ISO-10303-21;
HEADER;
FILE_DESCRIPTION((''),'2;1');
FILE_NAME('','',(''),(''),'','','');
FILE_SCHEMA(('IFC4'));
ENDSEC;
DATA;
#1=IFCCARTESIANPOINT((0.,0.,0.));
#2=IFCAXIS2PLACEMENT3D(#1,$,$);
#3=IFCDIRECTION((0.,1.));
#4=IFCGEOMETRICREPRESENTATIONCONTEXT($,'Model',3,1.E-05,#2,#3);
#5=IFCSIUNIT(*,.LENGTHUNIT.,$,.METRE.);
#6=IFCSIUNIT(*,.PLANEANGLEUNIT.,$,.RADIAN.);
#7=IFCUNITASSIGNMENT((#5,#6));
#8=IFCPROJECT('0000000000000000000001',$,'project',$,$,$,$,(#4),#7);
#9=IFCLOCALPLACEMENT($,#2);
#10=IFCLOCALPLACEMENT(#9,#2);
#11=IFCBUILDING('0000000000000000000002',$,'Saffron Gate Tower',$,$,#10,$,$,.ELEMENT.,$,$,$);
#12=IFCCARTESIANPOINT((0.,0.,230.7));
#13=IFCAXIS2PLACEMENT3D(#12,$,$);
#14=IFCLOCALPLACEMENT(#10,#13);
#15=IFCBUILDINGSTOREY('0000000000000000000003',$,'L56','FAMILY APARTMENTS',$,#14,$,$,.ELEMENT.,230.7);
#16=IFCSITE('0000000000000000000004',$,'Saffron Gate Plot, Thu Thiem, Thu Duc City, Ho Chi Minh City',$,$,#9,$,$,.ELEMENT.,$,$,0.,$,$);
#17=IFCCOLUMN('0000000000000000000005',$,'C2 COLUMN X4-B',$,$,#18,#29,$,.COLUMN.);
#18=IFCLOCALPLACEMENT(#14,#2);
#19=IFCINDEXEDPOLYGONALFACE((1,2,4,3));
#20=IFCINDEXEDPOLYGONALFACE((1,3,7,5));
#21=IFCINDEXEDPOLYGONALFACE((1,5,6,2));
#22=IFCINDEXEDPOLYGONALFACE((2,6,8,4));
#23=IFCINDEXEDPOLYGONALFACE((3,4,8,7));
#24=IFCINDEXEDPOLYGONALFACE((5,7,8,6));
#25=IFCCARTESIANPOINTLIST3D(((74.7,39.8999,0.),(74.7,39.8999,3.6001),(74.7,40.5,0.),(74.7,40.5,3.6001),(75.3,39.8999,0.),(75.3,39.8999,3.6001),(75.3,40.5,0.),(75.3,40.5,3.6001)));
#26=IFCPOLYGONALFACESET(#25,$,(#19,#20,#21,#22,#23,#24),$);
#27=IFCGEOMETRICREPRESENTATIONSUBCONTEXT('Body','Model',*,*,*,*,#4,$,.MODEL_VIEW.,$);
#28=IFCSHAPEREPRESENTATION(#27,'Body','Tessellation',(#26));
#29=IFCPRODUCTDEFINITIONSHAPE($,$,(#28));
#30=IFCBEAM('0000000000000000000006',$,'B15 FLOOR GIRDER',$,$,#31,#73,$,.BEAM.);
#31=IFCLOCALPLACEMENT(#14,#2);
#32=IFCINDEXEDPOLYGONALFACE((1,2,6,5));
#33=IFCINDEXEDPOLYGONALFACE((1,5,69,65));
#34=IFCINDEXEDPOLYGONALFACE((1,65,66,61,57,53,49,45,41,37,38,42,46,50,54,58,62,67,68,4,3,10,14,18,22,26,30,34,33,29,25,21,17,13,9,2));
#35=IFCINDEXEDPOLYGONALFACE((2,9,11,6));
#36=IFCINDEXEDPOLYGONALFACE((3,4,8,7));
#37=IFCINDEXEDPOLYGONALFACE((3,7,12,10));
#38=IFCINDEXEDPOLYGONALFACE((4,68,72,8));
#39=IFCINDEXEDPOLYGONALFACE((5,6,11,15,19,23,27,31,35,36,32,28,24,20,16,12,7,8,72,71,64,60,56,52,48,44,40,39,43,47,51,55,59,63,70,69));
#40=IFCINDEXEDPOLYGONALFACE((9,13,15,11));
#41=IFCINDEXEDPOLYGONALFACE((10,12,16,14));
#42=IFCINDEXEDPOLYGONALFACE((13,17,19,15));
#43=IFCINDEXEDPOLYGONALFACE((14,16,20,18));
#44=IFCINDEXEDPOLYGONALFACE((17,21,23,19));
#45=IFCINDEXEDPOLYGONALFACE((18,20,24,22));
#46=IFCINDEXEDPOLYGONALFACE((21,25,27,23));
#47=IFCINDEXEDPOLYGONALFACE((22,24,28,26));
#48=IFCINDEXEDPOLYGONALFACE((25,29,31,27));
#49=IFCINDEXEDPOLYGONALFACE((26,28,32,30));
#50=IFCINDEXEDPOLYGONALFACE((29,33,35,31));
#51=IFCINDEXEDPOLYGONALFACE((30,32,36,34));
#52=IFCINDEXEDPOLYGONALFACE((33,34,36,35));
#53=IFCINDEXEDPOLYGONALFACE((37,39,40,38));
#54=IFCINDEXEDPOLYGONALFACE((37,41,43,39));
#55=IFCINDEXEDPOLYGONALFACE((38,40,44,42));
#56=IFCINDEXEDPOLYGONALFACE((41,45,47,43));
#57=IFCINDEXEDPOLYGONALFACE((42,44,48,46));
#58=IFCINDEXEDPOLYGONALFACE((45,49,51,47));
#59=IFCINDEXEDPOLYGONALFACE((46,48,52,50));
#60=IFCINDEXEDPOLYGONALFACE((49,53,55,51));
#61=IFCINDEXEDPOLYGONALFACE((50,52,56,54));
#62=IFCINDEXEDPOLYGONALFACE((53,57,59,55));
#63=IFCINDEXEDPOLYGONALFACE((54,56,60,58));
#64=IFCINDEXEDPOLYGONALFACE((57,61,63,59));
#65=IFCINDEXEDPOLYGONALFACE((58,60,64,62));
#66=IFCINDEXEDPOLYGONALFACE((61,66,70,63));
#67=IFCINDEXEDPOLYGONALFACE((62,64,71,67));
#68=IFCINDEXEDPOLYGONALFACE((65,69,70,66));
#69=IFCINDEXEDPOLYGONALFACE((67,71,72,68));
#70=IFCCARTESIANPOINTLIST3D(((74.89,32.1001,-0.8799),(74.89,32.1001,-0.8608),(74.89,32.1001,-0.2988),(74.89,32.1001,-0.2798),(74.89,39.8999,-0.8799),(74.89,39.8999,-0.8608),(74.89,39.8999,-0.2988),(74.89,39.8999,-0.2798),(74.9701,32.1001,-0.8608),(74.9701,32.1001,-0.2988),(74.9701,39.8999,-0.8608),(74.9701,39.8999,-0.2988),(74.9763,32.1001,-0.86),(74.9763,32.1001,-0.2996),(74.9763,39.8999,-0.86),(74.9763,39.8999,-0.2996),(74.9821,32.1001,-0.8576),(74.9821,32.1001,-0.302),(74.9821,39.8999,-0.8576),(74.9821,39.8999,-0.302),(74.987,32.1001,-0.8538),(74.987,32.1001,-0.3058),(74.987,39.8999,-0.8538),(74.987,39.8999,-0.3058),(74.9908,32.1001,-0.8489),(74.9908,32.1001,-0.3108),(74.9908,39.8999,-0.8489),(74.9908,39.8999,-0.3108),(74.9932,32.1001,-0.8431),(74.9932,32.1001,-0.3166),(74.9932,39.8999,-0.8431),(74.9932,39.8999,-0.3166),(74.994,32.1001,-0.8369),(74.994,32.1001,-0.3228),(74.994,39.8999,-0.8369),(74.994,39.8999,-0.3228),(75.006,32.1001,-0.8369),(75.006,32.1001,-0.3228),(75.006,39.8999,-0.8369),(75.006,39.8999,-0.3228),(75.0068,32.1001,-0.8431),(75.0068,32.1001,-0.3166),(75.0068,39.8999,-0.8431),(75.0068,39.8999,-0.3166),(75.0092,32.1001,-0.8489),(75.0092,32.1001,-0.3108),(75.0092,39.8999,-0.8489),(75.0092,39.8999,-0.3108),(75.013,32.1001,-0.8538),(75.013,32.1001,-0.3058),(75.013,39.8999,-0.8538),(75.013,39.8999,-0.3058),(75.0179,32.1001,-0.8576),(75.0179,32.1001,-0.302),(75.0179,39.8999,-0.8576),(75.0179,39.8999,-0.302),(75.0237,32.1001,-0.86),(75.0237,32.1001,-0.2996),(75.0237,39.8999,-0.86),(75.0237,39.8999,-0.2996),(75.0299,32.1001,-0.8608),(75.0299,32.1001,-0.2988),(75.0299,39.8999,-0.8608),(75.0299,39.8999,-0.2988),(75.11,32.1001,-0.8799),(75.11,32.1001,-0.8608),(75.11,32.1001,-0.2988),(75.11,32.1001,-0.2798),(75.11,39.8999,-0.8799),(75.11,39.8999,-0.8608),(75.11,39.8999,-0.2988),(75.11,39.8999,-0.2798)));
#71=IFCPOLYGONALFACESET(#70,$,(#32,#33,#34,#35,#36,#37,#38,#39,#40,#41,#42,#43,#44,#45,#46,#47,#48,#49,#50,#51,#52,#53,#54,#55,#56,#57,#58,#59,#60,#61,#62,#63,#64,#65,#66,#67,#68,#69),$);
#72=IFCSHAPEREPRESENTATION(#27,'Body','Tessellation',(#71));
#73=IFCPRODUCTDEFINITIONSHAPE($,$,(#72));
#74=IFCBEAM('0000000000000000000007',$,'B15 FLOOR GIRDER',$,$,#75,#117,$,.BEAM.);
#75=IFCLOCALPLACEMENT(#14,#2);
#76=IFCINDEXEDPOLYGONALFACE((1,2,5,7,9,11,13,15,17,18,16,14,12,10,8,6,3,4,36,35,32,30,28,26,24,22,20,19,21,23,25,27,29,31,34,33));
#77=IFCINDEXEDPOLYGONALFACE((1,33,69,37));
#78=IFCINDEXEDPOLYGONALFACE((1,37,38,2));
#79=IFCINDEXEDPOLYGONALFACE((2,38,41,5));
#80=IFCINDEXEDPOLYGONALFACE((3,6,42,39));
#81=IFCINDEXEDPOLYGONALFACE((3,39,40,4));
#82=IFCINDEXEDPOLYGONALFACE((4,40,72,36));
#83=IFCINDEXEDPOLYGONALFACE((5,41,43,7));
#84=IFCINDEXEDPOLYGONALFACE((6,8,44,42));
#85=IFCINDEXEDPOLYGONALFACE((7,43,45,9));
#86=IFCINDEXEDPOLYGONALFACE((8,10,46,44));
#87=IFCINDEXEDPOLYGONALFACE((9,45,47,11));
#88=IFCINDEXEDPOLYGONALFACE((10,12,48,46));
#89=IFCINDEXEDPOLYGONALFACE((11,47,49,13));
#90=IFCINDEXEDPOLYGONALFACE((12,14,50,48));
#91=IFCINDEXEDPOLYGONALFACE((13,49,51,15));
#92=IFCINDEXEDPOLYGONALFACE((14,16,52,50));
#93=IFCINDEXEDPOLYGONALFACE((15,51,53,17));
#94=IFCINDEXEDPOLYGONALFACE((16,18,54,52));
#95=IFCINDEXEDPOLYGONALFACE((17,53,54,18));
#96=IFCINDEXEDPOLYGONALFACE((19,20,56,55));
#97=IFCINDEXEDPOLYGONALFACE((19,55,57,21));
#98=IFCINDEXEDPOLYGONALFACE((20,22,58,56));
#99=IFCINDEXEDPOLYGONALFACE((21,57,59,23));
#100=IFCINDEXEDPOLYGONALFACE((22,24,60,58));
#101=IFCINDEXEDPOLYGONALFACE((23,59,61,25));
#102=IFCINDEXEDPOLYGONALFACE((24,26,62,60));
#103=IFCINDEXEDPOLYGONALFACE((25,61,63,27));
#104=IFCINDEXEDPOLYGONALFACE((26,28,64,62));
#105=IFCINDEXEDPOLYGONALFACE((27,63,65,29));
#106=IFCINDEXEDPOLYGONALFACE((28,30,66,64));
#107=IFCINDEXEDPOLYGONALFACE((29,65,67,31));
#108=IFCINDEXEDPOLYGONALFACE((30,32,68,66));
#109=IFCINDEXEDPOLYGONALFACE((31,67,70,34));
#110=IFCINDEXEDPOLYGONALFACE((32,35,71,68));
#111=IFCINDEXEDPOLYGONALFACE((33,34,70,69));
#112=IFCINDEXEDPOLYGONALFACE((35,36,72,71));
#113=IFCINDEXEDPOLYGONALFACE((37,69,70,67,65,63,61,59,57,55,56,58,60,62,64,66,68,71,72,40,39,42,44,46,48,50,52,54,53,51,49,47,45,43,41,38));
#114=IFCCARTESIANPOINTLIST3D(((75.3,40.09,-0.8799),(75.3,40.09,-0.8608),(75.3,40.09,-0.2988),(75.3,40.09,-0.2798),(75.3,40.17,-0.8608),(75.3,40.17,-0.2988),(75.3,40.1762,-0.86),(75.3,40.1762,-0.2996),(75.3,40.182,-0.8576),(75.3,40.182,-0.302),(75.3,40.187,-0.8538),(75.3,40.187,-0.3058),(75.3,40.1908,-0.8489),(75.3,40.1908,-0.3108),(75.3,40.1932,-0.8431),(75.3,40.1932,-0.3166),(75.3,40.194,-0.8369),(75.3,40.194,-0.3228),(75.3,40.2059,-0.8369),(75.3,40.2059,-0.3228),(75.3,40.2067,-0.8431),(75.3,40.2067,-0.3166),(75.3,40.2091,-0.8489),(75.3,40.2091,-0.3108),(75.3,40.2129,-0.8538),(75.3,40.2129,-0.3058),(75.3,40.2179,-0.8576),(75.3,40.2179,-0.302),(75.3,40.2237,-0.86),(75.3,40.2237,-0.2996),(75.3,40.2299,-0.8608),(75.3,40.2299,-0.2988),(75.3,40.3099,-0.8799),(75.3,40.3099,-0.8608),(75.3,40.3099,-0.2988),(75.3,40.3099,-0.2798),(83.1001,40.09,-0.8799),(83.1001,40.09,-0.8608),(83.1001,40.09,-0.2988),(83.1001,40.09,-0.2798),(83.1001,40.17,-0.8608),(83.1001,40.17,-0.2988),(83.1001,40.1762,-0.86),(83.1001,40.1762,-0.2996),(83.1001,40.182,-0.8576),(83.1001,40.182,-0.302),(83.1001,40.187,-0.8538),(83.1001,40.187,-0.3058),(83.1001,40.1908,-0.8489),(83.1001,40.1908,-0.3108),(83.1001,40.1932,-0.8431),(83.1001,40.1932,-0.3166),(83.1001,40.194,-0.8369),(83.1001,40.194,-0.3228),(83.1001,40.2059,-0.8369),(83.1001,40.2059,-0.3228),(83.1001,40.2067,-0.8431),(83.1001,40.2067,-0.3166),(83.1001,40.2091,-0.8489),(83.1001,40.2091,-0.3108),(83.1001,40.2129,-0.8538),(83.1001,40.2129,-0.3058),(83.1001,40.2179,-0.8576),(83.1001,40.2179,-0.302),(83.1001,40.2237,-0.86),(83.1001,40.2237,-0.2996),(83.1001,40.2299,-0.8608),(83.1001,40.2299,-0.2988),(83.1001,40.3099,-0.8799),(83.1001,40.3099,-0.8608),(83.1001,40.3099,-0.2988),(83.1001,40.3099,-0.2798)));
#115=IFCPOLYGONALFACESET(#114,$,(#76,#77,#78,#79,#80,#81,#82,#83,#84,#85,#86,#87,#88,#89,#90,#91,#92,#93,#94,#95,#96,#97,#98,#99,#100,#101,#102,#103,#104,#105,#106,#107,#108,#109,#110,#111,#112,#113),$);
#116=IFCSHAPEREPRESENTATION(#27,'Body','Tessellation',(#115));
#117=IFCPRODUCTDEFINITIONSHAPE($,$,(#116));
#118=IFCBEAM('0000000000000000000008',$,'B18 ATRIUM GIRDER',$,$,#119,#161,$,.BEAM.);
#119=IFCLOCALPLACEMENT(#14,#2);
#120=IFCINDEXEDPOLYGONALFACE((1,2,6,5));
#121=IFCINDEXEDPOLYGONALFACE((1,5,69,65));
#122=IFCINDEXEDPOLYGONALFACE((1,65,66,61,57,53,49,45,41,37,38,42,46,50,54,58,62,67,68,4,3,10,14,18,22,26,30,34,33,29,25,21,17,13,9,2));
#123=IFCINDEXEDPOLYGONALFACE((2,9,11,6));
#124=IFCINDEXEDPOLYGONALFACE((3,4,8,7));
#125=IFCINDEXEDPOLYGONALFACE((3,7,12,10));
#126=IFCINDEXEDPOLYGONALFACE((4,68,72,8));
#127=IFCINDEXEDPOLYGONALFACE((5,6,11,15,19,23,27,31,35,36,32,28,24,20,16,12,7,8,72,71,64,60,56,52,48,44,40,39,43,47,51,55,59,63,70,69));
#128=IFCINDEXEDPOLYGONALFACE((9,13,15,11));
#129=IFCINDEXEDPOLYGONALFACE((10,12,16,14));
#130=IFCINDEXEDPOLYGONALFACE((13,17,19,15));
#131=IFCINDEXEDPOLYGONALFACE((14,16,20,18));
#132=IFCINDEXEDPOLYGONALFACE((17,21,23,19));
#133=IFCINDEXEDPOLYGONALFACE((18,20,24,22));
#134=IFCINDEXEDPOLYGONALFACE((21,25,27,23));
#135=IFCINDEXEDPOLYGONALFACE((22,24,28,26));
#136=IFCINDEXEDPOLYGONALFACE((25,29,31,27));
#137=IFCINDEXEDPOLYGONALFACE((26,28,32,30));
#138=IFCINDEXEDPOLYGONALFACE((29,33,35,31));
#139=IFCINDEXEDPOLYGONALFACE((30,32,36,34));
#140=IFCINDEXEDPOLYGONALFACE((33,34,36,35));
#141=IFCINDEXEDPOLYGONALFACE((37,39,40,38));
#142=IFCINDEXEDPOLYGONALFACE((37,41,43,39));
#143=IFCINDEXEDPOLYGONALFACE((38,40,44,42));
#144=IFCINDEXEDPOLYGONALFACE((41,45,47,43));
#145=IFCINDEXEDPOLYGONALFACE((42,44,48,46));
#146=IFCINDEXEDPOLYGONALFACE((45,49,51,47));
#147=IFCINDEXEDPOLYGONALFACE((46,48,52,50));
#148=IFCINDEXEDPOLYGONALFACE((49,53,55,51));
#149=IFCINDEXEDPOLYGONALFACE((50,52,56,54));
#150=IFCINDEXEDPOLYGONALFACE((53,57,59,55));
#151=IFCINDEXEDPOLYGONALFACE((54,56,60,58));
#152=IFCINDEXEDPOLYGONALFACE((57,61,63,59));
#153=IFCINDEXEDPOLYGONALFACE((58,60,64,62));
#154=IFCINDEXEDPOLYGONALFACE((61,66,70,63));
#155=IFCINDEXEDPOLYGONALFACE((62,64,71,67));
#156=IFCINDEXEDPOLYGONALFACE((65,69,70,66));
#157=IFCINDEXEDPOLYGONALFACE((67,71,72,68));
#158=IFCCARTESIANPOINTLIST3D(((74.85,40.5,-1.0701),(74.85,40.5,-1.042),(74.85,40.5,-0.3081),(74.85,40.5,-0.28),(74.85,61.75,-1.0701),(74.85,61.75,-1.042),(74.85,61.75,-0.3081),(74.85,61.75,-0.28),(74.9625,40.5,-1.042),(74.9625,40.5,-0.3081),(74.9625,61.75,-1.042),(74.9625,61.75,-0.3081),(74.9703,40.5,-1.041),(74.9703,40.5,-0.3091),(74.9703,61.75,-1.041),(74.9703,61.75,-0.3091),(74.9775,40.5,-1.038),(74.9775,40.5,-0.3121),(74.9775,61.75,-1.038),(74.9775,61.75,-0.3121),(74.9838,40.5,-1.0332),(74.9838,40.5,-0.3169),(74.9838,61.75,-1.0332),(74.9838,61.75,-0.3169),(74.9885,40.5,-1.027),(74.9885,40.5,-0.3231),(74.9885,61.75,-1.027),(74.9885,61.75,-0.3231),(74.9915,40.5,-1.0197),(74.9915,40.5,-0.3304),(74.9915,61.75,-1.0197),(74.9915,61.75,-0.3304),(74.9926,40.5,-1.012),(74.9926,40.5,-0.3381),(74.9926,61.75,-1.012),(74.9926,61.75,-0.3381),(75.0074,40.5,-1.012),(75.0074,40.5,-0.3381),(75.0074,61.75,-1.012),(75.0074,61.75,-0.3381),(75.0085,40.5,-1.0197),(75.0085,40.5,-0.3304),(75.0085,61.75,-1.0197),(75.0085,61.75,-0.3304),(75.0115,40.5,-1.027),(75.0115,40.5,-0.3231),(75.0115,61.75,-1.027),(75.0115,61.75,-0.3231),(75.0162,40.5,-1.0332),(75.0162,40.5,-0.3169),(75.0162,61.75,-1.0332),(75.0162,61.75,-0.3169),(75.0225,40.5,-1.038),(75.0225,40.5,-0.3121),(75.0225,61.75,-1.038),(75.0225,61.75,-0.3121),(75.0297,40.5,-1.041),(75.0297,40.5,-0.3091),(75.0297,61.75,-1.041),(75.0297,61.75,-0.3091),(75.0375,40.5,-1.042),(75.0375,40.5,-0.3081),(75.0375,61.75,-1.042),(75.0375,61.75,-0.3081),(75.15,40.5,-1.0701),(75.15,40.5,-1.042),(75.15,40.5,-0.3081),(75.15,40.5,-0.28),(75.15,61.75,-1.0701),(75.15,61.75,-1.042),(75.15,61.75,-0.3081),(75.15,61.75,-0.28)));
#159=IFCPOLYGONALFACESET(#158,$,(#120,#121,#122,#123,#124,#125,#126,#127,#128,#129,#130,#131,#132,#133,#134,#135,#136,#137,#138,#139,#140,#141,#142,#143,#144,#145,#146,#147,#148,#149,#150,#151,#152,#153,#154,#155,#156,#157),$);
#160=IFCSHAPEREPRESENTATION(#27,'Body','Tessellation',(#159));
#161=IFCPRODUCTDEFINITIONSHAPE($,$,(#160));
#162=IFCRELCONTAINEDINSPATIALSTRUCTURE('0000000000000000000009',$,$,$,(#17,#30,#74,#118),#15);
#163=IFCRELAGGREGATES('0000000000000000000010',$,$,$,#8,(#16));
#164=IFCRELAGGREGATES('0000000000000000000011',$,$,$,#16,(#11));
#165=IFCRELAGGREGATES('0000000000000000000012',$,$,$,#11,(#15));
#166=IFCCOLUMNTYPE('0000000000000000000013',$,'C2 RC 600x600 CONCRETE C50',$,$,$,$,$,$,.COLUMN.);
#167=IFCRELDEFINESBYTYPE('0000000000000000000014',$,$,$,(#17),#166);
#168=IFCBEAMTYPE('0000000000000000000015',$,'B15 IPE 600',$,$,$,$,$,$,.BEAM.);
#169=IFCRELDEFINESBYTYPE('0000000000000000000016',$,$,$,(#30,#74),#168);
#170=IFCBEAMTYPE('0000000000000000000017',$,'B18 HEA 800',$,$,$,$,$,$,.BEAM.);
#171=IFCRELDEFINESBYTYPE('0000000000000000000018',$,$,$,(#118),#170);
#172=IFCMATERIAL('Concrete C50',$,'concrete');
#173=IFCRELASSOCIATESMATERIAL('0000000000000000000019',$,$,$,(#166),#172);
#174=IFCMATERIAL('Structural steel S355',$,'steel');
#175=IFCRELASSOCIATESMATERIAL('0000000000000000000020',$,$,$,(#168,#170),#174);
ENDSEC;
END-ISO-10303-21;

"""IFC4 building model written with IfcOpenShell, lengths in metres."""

from ifc_helpers import new_model, si_unit, direction, frame, origin, origin_2d, place, context, subcontext, project, spatial, rectangle, i_section, extrude, material, material_profile, profile_set, type_object, element, save


model = new_model("IFC4")

# Units and contexts
model_context = context("Model", 3, precision=1e-05, world=origin(), true_north=direction((0.0, 1.0)))
body_context = subcontext(model_context, "Body", "Model", "MODEL_VIEW")
ifc_project = project(units=[si_unit("LENGTHUNIT", "METRE"), si_unit("PLANEANGLEUNIT", "RADIAN")], contexts=[model_context])

# Site, building, storey
site_placement = place(None, origin())
site = spatial("IfcSite", under=ifc_project, at=site_placement, Name="Saffron Gate Plot, Thu Thiem, Thu Duc City, Ho Chi Minh City", CompositionType="ELEMENT", RefElevation=0.0)
building_placement = place(site_placement, origin())
building = spatial("IfcBuilding", under=site, at=building_placement, Name="Saffron Gate Tower", CompositionType="ELEMENT")
storey_placement = place(building_placement, frame((0.0, 0.0, 230.7)))
storey = spatial("IfcBuildingStorey", under=building, at=storey_placement, Name="L56", Description="FAMILY APARTMENTS", CompositionType="ELEMENT", Elevation=230.7)

# Column
ifc_material_1 = material(Name="Concrete C50", Category="concrete")
ifc_material_profile_1 = material_profile(ifc_material_1, rectangle(XDim=0.6001, YDim=0.6001, at=origin_2d()))
ifc_profile_set_1 = profile_set([ifc_material_profile_1], Name="Concrete C50")
column_type = type_object("IfcColumnType", Name="C2 RC 600x600 CONCRETE C50", PredefinedType="COLUMN", material=ifc_profile_set_1)
column_placement = place(storey_placement, frame((75.0, 40.2, 0.0), z_axis=(0.0, 0.0, 1.0), x_axis=(1.0, 0.0, 0.0)))
element("IfcColumn", 1, at=column_placement, inside=storey, type_object=column_type, Name="C2 COLUMN X4-B", PredefinedType="COLUMN", context=body_context, shape_type="SweptSolid", body=[
    extrude(rectangle(XDim=0.6001, YDim=0.6001, at=origin_2d()), origin(), (0.0, 0.0, 1.0), 3.6001),
])

# Beams
ifc_material_2 = material(Name="Structural steel S355", Category="steel")
ifc_material_profile_2 = material_profile(ifc_material_2, i_section(OverallWidth=0.22, OverallDepth=0.6001, WebThickness=0.012, FlangeThickness=0.019, FilletRadius=0.0239, at=origin_2d()))
ifc_profile_set_2 = profile_set([ifc_material_profile_2], Name="Structural steel S355")
beam_type_1 = type_object("IfcBeamType", Name="B15 IPE 600", PredefinedType="BEAM", material=ifc_profile_set_2)
beam_1_placement = place(storey_placement, frame((75.0, 32.1001, -0.5798), z_axis=(0.0, 1.0, 0.0), x_axis=(-1.0, 0.0, 0.0)))
element("IfcBeam", 2, at=beam_1_placement, inside=storey, type_object=beam_type_1, Name="B15 FLOOR GIRDER", PredefinedType="BEAM", context=body_context, shape_type="SweptSolid", body=[
    extrude(i_section(OverallWidth=0.22, OverallDepth=0.6001, WebThickness=0.012, FlangeThickness=0.019, FilletRadius=0.0239, at=origin_2d()), origin(), (0.0, 0.0, 1.0), 7.7998),
])
beam_2_placement = place(storey_placement, frame((75.3, 40.2, -0.5798), z_axis=(1.0, 0.0, 0.0), x_axis=(0.0, 1.0, 0.0)))
element("IfcBeam", 3, at=beam_2_placement, inside=storey, type_object=beam_type_1, Name="B15 FLOOR GIRDER", PredefinedType="BEAM", context=body_context, shape_type="SweptSolid", body=[
    extrude(i_section(OverallWidth=0.22, OverallDepth=0.6001, WebThickness=0.012, FlangeThickness=0.019, FilletRadius=0.0239, at=origin_2d()), origin(), (0.0, 0.0, 1.0), 7.8),
])
ifc_material_profile_3 = material_profile(ifc_material_2, i_section(OverallWidth=0.3, OverallDepth=0.79, WebThickness=0.0149, FlangeThickness=0.0281, FilletRadius=0.03, at=origin_2d()))
ifc_profile_set_3 = profile_set([ifc_material_profile_3], Name="Structural steel S355")
beam_type_2 = type_object("IfcBeamType", Name="B18 HEA 800", PredefinedType="BEAM", material=ifc_profile_set_3)
beam_3_placement = place(storey_placement, frame((75.0, 40.5, -0.675), z_axis=(0.0, 1.0, 0.0), x_axis=(-1.0, 0.0, 0.0)))
element("IfcBeam", 4, at=beam_3_placement, inside=storey, type_object=beam_type_2, Name="B18 ATRIUM GIRDER", PredefinedType="BEAM", context=body_context, shape_type="SweptSolid", body=[
    extrude(i_section(OverallWidth=0.3, OverallDepth=0.79, WebThickness=0.0149, FlangeThickness=0.0281, FilletRadius=0.03, at=origin_2d()), origin(), (0.0, 0.0, 1.0), 21.25),
])

save(model, "model.ifc")
